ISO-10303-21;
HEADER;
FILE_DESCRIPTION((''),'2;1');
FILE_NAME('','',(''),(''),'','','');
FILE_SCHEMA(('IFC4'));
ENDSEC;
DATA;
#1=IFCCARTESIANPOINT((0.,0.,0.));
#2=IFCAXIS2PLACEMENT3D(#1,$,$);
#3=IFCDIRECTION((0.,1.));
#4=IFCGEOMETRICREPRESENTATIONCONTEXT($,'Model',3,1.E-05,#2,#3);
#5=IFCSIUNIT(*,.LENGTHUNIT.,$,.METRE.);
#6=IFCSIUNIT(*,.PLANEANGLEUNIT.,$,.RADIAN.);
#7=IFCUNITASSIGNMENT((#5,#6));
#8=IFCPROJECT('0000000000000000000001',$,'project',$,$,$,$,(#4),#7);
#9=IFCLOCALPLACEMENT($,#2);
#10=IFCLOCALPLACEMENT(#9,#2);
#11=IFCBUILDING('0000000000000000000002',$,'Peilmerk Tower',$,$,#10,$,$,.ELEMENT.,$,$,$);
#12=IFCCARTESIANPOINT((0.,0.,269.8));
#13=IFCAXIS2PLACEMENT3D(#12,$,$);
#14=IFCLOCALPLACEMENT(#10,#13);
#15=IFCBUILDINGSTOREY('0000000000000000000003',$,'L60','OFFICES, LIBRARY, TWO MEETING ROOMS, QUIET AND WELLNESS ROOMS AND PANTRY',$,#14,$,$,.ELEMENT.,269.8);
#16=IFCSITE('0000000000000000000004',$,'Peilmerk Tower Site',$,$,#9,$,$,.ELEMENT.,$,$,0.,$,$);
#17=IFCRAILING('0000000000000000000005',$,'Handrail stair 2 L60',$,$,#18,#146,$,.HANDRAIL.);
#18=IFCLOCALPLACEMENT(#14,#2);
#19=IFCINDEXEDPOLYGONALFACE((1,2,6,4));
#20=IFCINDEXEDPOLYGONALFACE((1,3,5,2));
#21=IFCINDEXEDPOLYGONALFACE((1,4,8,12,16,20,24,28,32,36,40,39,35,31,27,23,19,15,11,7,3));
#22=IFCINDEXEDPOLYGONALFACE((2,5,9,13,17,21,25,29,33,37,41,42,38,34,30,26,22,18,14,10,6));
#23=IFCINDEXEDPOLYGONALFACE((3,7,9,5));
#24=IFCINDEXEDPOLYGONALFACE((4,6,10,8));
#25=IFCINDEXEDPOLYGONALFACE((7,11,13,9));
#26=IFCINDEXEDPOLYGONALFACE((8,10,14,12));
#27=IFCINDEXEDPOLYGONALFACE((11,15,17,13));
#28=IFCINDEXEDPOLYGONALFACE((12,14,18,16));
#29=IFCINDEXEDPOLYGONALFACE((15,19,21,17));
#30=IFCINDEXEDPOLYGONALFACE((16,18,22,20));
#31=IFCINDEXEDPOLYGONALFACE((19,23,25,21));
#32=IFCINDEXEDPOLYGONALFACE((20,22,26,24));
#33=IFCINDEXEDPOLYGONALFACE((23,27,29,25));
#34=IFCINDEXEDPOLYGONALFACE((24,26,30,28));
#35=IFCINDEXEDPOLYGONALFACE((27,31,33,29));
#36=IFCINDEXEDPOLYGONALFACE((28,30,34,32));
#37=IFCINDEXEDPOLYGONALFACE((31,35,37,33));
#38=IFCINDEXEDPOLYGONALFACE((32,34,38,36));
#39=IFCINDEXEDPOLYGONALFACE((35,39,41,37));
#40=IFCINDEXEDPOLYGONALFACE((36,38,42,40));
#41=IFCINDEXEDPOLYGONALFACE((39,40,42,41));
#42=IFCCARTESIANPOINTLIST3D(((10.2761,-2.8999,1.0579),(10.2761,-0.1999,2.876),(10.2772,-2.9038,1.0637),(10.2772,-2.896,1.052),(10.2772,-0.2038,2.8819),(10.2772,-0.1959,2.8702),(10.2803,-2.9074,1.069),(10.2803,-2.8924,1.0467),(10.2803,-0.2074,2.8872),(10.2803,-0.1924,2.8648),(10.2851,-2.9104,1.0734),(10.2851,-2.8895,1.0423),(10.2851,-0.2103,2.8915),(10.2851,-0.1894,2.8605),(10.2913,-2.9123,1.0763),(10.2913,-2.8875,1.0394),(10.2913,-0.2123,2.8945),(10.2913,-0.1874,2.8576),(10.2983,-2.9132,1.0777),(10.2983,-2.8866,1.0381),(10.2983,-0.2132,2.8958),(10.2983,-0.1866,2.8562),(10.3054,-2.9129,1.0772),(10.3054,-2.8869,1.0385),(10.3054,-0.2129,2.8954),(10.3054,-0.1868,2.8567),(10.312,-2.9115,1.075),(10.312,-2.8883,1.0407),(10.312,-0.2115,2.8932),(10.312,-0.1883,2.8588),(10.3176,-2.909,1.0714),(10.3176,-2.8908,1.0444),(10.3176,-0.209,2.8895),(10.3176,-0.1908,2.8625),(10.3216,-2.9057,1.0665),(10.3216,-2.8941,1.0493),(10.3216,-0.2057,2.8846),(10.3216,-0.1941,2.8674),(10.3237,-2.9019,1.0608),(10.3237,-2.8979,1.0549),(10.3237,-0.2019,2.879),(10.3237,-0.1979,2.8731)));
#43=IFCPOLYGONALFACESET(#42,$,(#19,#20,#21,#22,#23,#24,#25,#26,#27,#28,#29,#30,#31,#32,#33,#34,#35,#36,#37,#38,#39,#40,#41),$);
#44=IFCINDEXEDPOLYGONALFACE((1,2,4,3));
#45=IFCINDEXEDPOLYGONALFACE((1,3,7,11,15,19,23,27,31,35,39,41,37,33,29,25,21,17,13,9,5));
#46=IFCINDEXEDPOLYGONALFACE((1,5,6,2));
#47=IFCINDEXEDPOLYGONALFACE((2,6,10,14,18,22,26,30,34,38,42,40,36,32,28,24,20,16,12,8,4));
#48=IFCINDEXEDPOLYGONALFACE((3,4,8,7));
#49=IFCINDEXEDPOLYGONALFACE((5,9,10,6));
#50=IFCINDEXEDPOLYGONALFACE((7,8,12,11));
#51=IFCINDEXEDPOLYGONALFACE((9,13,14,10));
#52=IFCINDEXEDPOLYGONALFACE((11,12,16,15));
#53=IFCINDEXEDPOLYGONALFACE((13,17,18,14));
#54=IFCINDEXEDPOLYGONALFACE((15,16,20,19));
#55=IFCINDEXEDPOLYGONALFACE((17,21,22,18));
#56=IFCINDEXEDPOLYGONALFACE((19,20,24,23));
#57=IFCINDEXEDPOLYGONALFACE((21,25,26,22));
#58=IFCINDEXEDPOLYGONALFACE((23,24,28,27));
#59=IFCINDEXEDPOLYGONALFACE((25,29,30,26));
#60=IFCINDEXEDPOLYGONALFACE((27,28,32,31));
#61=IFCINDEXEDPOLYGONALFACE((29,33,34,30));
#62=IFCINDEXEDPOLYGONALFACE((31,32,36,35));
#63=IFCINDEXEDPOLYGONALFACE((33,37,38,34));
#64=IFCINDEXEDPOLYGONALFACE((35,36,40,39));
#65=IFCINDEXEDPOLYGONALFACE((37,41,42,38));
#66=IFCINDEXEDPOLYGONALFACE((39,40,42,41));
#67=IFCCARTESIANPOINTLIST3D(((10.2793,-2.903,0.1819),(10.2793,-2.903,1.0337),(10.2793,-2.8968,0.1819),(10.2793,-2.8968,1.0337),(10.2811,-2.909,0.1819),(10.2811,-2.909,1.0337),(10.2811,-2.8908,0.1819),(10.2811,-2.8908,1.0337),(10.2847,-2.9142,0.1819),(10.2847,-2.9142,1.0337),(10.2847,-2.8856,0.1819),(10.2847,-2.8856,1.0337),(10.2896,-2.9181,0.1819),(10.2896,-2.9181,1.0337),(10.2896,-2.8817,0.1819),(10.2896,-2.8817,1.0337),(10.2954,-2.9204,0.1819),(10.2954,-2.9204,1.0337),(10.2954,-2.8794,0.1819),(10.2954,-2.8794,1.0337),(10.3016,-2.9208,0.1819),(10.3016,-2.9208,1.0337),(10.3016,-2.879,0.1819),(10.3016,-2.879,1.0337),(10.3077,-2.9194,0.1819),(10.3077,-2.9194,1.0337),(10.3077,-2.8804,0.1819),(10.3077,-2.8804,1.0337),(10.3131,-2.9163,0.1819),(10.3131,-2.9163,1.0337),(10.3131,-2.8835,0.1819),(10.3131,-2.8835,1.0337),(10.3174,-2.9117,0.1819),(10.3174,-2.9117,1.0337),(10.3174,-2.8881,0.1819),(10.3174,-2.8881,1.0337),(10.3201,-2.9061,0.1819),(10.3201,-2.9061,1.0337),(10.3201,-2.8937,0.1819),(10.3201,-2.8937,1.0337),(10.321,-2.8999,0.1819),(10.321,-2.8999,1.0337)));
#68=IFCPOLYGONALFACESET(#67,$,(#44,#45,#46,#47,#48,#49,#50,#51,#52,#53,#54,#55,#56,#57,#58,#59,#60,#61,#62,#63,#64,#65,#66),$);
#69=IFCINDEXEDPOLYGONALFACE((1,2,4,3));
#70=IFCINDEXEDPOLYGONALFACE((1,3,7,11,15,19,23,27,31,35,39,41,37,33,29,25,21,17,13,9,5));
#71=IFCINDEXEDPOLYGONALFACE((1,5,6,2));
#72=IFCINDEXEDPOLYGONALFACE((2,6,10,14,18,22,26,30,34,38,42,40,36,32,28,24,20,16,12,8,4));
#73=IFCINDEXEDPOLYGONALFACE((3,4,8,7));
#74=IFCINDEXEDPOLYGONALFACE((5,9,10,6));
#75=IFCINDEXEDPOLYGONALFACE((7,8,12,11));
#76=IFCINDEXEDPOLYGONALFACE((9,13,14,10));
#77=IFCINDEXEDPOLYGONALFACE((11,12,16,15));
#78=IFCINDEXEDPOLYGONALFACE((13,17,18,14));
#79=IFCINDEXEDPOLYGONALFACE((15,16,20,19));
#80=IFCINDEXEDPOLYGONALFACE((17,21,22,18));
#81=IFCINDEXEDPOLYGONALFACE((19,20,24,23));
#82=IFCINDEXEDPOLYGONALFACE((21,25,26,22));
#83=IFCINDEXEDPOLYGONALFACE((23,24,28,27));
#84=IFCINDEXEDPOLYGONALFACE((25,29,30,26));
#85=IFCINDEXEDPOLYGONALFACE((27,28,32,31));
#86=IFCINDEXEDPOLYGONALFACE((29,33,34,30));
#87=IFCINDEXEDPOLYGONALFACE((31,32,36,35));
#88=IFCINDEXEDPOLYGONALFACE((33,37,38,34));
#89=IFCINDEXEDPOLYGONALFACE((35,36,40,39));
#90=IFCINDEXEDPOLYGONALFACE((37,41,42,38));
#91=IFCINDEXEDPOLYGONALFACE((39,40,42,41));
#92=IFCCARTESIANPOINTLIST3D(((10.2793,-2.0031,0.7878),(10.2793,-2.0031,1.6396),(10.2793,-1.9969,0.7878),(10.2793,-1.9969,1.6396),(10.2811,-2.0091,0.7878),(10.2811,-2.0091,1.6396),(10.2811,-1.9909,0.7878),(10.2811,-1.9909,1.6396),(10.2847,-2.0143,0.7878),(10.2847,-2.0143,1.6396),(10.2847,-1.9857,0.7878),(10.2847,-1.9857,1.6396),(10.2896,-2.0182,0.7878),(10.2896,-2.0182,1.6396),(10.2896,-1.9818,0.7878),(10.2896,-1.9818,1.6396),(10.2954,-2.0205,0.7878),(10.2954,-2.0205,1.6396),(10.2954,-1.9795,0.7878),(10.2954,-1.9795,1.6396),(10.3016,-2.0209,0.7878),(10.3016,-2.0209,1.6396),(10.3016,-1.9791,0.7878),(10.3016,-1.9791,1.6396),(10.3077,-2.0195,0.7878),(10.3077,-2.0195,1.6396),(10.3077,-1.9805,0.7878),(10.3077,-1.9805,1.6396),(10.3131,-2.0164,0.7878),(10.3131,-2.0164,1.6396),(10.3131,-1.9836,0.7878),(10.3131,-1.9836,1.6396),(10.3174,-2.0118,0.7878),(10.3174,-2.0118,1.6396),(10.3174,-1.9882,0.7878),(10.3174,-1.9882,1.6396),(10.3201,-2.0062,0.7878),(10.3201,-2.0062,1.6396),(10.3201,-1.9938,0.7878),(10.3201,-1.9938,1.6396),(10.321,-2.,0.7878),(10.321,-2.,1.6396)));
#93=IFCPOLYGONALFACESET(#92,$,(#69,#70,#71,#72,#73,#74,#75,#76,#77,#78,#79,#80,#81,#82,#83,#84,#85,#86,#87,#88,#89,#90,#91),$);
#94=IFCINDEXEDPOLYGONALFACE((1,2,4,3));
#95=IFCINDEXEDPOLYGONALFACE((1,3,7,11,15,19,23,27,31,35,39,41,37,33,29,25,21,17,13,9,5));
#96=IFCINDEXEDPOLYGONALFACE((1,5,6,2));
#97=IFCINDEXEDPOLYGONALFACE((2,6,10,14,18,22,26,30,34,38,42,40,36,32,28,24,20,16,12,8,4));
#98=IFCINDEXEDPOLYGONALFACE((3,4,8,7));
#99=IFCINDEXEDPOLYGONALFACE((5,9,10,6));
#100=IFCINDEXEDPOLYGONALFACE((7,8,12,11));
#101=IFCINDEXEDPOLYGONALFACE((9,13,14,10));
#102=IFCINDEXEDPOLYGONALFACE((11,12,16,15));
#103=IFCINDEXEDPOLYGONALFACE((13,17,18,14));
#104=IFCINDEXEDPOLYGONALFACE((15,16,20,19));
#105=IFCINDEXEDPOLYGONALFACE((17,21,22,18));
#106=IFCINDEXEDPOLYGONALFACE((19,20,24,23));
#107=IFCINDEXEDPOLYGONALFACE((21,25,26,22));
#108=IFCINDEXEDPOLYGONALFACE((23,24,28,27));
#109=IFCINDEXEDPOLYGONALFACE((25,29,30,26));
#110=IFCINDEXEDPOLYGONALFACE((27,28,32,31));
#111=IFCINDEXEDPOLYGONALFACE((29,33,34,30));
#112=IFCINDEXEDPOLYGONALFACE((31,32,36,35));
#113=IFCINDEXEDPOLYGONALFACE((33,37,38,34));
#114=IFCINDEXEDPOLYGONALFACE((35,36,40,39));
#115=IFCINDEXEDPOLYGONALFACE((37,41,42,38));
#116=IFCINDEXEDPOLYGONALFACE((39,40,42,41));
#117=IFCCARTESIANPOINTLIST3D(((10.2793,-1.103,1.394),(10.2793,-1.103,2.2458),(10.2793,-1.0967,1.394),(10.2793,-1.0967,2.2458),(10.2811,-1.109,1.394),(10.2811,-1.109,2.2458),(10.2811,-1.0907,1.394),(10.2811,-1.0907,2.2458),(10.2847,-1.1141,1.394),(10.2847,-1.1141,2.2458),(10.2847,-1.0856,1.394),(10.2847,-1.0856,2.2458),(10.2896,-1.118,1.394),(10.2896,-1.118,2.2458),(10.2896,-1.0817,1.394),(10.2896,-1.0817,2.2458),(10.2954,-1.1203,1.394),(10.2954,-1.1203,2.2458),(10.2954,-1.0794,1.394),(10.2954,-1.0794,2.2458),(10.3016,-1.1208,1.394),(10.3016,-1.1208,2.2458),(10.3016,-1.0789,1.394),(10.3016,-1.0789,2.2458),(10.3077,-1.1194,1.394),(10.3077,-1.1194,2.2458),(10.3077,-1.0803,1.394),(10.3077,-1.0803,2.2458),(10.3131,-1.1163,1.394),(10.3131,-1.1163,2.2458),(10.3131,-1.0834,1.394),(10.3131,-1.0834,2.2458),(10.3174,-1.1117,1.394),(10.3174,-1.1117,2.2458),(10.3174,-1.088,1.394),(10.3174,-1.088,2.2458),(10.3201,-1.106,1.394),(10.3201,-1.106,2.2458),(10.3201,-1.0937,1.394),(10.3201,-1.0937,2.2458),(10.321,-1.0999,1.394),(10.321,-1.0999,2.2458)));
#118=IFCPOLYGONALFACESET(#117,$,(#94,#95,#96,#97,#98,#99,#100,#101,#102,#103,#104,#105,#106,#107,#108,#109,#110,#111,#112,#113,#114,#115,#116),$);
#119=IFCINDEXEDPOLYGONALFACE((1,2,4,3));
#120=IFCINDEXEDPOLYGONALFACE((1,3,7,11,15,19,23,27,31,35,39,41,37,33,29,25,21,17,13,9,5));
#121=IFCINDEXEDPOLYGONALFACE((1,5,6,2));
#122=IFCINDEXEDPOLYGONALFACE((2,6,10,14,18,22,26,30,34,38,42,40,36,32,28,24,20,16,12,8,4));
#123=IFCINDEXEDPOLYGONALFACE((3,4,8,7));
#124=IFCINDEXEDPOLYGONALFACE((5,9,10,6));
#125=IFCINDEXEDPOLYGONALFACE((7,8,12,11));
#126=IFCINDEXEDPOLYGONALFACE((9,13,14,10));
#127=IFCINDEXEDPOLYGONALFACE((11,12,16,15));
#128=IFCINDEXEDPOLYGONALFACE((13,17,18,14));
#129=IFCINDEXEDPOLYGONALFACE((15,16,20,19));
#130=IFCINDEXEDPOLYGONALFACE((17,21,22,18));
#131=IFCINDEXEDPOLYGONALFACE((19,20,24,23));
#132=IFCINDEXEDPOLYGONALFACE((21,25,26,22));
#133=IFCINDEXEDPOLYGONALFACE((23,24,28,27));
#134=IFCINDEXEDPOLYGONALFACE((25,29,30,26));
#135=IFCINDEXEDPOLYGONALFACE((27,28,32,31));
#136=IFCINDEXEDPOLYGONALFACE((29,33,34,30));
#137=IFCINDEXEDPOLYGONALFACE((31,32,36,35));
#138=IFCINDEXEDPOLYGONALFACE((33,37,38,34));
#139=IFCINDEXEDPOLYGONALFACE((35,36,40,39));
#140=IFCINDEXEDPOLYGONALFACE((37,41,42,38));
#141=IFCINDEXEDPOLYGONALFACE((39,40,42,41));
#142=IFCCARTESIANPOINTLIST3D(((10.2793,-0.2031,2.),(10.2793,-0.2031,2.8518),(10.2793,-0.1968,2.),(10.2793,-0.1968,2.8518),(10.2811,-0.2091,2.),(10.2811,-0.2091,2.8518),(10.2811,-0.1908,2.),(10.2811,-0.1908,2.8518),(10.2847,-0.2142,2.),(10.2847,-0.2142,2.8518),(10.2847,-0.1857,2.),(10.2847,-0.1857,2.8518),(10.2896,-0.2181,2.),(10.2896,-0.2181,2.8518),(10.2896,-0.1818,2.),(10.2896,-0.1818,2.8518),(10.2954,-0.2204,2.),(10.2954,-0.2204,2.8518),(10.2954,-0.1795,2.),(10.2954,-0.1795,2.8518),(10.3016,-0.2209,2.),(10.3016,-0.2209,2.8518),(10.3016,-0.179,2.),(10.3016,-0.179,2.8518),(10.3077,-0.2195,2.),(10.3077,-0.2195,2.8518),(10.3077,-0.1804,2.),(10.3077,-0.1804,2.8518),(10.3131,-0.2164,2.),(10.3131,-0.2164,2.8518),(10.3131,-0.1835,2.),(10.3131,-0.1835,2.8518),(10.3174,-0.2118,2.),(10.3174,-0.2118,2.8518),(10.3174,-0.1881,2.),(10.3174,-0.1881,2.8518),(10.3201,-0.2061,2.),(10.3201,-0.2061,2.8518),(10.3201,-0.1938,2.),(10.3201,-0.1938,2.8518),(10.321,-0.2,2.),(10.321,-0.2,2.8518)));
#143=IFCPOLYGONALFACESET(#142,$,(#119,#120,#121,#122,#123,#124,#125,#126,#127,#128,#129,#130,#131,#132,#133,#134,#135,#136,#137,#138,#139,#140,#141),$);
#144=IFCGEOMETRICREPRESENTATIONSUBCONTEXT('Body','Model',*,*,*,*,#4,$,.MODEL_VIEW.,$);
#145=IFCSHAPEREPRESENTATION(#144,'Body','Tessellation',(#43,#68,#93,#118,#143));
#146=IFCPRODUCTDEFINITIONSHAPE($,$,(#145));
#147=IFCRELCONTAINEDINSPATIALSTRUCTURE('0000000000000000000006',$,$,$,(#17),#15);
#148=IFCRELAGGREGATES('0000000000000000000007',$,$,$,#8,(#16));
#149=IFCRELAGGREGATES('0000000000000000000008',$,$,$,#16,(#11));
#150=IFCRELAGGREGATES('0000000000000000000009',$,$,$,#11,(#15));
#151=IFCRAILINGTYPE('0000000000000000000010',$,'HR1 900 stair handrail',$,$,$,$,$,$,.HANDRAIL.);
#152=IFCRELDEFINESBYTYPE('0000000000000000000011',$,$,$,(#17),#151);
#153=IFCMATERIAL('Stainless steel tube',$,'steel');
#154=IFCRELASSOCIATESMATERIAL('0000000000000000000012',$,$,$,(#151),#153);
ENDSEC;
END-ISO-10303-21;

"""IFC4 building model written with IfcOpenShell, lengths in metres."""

from ifc_helpers import new_model, si_unit, direction, frame, origin, origin_2d, place, context, subcontext, project, spatial, circle, extrude, material, type_object, element, save


model = new_model("IFC4")

# Units and contexts
model_context = context("Model", 3, precision=1e-05, world=origin(), true_north=direction((0.0, 1.0)))
body_context = subcontext(model_context, "Body", "Model", "MODEL_VIEW")
ifc_project = project(units=[si_unit("LENGTHUNIT", "METRE"), si_unit("PLANEANGLEUNIT", "RADIAN")], contexts=[model_context])

# Site, building, storey
site_placement = place(None, origin())
site = spatial("IfcSite", under=ifc_project, at=site_placement, Name="Peilmerk Tower Site", CompositionType="ELEMENT", RefElevation=0.0)
building_placement = place(site_placement, origin())
building = spatial("IfcBuilding", under=site, at=building_placement, Name="Peilmerk Tower", CompositionType="ELEMENT")
storey_placement = place(building_placement, frame((0.0, 0.0, 269.8)))
storey = spatial("IfcBuildingStorey", under=building, at=storey_placement, Name="L60", Description="OFFICES, LIBRARY, TWO MEETING ROOMS, QUIET AND WELLNESS ROOMS AND PANTRY", CompositionType="ELEMENT", Elevation=269.8)

# Railing
ifc_material_1 = material(Name="Stainless steel tube", Category="steel")
railing_type_1 = type_object("IfcRailingType", Name="HR1 900 stair handrail", PredefinedType="HANDRAIL", material=ifc_material_1)
railing_1_placement = place(storey_placement, frame((10.3, -2.8999, 0.1819)))
element("IfcRailing", 1, at=railing_1_placement, inside=storey, type_object=railing_type_1, Name="Handrail stair 2 L60", PredefinedType="HANDRAIL", context=body_context, shape_type="SweptSolid", body=[
    extrude(circle(Radius=0.0239, at=origin_2d()), frame((0.0, 0.0, 0.876), z_axis=(0.0, 0.829468, 0.558554), x_axis=(-1.0, 0.0, 0.0)), (0.0, 0.0, 1.0), 3.2551),
    extrude(circle(Radius=0.021, at=origin_2d()), origin(), (0.0, 0.0, 1.0), 0.8518),
    extrude(circle(Radius=0.021, at=origin_2d()), frame((0.0, 0.8999, 0.606)), (0.0, 0.0, 1.0), 0.8518),
    extrude(circle(Radius=0.021, at=origin_2d()), frame((0.0, 1.8, 1.2122)), (0.0, 0.0, 1.0), 0.8518),
    extrude(circle(Radius=0.021, at=origin_2d()), frame((0.0, 2.7, 1.8181)), (0.0, 0.0, 1.0), 0.8518),
])

save(model, "model.ifc")
